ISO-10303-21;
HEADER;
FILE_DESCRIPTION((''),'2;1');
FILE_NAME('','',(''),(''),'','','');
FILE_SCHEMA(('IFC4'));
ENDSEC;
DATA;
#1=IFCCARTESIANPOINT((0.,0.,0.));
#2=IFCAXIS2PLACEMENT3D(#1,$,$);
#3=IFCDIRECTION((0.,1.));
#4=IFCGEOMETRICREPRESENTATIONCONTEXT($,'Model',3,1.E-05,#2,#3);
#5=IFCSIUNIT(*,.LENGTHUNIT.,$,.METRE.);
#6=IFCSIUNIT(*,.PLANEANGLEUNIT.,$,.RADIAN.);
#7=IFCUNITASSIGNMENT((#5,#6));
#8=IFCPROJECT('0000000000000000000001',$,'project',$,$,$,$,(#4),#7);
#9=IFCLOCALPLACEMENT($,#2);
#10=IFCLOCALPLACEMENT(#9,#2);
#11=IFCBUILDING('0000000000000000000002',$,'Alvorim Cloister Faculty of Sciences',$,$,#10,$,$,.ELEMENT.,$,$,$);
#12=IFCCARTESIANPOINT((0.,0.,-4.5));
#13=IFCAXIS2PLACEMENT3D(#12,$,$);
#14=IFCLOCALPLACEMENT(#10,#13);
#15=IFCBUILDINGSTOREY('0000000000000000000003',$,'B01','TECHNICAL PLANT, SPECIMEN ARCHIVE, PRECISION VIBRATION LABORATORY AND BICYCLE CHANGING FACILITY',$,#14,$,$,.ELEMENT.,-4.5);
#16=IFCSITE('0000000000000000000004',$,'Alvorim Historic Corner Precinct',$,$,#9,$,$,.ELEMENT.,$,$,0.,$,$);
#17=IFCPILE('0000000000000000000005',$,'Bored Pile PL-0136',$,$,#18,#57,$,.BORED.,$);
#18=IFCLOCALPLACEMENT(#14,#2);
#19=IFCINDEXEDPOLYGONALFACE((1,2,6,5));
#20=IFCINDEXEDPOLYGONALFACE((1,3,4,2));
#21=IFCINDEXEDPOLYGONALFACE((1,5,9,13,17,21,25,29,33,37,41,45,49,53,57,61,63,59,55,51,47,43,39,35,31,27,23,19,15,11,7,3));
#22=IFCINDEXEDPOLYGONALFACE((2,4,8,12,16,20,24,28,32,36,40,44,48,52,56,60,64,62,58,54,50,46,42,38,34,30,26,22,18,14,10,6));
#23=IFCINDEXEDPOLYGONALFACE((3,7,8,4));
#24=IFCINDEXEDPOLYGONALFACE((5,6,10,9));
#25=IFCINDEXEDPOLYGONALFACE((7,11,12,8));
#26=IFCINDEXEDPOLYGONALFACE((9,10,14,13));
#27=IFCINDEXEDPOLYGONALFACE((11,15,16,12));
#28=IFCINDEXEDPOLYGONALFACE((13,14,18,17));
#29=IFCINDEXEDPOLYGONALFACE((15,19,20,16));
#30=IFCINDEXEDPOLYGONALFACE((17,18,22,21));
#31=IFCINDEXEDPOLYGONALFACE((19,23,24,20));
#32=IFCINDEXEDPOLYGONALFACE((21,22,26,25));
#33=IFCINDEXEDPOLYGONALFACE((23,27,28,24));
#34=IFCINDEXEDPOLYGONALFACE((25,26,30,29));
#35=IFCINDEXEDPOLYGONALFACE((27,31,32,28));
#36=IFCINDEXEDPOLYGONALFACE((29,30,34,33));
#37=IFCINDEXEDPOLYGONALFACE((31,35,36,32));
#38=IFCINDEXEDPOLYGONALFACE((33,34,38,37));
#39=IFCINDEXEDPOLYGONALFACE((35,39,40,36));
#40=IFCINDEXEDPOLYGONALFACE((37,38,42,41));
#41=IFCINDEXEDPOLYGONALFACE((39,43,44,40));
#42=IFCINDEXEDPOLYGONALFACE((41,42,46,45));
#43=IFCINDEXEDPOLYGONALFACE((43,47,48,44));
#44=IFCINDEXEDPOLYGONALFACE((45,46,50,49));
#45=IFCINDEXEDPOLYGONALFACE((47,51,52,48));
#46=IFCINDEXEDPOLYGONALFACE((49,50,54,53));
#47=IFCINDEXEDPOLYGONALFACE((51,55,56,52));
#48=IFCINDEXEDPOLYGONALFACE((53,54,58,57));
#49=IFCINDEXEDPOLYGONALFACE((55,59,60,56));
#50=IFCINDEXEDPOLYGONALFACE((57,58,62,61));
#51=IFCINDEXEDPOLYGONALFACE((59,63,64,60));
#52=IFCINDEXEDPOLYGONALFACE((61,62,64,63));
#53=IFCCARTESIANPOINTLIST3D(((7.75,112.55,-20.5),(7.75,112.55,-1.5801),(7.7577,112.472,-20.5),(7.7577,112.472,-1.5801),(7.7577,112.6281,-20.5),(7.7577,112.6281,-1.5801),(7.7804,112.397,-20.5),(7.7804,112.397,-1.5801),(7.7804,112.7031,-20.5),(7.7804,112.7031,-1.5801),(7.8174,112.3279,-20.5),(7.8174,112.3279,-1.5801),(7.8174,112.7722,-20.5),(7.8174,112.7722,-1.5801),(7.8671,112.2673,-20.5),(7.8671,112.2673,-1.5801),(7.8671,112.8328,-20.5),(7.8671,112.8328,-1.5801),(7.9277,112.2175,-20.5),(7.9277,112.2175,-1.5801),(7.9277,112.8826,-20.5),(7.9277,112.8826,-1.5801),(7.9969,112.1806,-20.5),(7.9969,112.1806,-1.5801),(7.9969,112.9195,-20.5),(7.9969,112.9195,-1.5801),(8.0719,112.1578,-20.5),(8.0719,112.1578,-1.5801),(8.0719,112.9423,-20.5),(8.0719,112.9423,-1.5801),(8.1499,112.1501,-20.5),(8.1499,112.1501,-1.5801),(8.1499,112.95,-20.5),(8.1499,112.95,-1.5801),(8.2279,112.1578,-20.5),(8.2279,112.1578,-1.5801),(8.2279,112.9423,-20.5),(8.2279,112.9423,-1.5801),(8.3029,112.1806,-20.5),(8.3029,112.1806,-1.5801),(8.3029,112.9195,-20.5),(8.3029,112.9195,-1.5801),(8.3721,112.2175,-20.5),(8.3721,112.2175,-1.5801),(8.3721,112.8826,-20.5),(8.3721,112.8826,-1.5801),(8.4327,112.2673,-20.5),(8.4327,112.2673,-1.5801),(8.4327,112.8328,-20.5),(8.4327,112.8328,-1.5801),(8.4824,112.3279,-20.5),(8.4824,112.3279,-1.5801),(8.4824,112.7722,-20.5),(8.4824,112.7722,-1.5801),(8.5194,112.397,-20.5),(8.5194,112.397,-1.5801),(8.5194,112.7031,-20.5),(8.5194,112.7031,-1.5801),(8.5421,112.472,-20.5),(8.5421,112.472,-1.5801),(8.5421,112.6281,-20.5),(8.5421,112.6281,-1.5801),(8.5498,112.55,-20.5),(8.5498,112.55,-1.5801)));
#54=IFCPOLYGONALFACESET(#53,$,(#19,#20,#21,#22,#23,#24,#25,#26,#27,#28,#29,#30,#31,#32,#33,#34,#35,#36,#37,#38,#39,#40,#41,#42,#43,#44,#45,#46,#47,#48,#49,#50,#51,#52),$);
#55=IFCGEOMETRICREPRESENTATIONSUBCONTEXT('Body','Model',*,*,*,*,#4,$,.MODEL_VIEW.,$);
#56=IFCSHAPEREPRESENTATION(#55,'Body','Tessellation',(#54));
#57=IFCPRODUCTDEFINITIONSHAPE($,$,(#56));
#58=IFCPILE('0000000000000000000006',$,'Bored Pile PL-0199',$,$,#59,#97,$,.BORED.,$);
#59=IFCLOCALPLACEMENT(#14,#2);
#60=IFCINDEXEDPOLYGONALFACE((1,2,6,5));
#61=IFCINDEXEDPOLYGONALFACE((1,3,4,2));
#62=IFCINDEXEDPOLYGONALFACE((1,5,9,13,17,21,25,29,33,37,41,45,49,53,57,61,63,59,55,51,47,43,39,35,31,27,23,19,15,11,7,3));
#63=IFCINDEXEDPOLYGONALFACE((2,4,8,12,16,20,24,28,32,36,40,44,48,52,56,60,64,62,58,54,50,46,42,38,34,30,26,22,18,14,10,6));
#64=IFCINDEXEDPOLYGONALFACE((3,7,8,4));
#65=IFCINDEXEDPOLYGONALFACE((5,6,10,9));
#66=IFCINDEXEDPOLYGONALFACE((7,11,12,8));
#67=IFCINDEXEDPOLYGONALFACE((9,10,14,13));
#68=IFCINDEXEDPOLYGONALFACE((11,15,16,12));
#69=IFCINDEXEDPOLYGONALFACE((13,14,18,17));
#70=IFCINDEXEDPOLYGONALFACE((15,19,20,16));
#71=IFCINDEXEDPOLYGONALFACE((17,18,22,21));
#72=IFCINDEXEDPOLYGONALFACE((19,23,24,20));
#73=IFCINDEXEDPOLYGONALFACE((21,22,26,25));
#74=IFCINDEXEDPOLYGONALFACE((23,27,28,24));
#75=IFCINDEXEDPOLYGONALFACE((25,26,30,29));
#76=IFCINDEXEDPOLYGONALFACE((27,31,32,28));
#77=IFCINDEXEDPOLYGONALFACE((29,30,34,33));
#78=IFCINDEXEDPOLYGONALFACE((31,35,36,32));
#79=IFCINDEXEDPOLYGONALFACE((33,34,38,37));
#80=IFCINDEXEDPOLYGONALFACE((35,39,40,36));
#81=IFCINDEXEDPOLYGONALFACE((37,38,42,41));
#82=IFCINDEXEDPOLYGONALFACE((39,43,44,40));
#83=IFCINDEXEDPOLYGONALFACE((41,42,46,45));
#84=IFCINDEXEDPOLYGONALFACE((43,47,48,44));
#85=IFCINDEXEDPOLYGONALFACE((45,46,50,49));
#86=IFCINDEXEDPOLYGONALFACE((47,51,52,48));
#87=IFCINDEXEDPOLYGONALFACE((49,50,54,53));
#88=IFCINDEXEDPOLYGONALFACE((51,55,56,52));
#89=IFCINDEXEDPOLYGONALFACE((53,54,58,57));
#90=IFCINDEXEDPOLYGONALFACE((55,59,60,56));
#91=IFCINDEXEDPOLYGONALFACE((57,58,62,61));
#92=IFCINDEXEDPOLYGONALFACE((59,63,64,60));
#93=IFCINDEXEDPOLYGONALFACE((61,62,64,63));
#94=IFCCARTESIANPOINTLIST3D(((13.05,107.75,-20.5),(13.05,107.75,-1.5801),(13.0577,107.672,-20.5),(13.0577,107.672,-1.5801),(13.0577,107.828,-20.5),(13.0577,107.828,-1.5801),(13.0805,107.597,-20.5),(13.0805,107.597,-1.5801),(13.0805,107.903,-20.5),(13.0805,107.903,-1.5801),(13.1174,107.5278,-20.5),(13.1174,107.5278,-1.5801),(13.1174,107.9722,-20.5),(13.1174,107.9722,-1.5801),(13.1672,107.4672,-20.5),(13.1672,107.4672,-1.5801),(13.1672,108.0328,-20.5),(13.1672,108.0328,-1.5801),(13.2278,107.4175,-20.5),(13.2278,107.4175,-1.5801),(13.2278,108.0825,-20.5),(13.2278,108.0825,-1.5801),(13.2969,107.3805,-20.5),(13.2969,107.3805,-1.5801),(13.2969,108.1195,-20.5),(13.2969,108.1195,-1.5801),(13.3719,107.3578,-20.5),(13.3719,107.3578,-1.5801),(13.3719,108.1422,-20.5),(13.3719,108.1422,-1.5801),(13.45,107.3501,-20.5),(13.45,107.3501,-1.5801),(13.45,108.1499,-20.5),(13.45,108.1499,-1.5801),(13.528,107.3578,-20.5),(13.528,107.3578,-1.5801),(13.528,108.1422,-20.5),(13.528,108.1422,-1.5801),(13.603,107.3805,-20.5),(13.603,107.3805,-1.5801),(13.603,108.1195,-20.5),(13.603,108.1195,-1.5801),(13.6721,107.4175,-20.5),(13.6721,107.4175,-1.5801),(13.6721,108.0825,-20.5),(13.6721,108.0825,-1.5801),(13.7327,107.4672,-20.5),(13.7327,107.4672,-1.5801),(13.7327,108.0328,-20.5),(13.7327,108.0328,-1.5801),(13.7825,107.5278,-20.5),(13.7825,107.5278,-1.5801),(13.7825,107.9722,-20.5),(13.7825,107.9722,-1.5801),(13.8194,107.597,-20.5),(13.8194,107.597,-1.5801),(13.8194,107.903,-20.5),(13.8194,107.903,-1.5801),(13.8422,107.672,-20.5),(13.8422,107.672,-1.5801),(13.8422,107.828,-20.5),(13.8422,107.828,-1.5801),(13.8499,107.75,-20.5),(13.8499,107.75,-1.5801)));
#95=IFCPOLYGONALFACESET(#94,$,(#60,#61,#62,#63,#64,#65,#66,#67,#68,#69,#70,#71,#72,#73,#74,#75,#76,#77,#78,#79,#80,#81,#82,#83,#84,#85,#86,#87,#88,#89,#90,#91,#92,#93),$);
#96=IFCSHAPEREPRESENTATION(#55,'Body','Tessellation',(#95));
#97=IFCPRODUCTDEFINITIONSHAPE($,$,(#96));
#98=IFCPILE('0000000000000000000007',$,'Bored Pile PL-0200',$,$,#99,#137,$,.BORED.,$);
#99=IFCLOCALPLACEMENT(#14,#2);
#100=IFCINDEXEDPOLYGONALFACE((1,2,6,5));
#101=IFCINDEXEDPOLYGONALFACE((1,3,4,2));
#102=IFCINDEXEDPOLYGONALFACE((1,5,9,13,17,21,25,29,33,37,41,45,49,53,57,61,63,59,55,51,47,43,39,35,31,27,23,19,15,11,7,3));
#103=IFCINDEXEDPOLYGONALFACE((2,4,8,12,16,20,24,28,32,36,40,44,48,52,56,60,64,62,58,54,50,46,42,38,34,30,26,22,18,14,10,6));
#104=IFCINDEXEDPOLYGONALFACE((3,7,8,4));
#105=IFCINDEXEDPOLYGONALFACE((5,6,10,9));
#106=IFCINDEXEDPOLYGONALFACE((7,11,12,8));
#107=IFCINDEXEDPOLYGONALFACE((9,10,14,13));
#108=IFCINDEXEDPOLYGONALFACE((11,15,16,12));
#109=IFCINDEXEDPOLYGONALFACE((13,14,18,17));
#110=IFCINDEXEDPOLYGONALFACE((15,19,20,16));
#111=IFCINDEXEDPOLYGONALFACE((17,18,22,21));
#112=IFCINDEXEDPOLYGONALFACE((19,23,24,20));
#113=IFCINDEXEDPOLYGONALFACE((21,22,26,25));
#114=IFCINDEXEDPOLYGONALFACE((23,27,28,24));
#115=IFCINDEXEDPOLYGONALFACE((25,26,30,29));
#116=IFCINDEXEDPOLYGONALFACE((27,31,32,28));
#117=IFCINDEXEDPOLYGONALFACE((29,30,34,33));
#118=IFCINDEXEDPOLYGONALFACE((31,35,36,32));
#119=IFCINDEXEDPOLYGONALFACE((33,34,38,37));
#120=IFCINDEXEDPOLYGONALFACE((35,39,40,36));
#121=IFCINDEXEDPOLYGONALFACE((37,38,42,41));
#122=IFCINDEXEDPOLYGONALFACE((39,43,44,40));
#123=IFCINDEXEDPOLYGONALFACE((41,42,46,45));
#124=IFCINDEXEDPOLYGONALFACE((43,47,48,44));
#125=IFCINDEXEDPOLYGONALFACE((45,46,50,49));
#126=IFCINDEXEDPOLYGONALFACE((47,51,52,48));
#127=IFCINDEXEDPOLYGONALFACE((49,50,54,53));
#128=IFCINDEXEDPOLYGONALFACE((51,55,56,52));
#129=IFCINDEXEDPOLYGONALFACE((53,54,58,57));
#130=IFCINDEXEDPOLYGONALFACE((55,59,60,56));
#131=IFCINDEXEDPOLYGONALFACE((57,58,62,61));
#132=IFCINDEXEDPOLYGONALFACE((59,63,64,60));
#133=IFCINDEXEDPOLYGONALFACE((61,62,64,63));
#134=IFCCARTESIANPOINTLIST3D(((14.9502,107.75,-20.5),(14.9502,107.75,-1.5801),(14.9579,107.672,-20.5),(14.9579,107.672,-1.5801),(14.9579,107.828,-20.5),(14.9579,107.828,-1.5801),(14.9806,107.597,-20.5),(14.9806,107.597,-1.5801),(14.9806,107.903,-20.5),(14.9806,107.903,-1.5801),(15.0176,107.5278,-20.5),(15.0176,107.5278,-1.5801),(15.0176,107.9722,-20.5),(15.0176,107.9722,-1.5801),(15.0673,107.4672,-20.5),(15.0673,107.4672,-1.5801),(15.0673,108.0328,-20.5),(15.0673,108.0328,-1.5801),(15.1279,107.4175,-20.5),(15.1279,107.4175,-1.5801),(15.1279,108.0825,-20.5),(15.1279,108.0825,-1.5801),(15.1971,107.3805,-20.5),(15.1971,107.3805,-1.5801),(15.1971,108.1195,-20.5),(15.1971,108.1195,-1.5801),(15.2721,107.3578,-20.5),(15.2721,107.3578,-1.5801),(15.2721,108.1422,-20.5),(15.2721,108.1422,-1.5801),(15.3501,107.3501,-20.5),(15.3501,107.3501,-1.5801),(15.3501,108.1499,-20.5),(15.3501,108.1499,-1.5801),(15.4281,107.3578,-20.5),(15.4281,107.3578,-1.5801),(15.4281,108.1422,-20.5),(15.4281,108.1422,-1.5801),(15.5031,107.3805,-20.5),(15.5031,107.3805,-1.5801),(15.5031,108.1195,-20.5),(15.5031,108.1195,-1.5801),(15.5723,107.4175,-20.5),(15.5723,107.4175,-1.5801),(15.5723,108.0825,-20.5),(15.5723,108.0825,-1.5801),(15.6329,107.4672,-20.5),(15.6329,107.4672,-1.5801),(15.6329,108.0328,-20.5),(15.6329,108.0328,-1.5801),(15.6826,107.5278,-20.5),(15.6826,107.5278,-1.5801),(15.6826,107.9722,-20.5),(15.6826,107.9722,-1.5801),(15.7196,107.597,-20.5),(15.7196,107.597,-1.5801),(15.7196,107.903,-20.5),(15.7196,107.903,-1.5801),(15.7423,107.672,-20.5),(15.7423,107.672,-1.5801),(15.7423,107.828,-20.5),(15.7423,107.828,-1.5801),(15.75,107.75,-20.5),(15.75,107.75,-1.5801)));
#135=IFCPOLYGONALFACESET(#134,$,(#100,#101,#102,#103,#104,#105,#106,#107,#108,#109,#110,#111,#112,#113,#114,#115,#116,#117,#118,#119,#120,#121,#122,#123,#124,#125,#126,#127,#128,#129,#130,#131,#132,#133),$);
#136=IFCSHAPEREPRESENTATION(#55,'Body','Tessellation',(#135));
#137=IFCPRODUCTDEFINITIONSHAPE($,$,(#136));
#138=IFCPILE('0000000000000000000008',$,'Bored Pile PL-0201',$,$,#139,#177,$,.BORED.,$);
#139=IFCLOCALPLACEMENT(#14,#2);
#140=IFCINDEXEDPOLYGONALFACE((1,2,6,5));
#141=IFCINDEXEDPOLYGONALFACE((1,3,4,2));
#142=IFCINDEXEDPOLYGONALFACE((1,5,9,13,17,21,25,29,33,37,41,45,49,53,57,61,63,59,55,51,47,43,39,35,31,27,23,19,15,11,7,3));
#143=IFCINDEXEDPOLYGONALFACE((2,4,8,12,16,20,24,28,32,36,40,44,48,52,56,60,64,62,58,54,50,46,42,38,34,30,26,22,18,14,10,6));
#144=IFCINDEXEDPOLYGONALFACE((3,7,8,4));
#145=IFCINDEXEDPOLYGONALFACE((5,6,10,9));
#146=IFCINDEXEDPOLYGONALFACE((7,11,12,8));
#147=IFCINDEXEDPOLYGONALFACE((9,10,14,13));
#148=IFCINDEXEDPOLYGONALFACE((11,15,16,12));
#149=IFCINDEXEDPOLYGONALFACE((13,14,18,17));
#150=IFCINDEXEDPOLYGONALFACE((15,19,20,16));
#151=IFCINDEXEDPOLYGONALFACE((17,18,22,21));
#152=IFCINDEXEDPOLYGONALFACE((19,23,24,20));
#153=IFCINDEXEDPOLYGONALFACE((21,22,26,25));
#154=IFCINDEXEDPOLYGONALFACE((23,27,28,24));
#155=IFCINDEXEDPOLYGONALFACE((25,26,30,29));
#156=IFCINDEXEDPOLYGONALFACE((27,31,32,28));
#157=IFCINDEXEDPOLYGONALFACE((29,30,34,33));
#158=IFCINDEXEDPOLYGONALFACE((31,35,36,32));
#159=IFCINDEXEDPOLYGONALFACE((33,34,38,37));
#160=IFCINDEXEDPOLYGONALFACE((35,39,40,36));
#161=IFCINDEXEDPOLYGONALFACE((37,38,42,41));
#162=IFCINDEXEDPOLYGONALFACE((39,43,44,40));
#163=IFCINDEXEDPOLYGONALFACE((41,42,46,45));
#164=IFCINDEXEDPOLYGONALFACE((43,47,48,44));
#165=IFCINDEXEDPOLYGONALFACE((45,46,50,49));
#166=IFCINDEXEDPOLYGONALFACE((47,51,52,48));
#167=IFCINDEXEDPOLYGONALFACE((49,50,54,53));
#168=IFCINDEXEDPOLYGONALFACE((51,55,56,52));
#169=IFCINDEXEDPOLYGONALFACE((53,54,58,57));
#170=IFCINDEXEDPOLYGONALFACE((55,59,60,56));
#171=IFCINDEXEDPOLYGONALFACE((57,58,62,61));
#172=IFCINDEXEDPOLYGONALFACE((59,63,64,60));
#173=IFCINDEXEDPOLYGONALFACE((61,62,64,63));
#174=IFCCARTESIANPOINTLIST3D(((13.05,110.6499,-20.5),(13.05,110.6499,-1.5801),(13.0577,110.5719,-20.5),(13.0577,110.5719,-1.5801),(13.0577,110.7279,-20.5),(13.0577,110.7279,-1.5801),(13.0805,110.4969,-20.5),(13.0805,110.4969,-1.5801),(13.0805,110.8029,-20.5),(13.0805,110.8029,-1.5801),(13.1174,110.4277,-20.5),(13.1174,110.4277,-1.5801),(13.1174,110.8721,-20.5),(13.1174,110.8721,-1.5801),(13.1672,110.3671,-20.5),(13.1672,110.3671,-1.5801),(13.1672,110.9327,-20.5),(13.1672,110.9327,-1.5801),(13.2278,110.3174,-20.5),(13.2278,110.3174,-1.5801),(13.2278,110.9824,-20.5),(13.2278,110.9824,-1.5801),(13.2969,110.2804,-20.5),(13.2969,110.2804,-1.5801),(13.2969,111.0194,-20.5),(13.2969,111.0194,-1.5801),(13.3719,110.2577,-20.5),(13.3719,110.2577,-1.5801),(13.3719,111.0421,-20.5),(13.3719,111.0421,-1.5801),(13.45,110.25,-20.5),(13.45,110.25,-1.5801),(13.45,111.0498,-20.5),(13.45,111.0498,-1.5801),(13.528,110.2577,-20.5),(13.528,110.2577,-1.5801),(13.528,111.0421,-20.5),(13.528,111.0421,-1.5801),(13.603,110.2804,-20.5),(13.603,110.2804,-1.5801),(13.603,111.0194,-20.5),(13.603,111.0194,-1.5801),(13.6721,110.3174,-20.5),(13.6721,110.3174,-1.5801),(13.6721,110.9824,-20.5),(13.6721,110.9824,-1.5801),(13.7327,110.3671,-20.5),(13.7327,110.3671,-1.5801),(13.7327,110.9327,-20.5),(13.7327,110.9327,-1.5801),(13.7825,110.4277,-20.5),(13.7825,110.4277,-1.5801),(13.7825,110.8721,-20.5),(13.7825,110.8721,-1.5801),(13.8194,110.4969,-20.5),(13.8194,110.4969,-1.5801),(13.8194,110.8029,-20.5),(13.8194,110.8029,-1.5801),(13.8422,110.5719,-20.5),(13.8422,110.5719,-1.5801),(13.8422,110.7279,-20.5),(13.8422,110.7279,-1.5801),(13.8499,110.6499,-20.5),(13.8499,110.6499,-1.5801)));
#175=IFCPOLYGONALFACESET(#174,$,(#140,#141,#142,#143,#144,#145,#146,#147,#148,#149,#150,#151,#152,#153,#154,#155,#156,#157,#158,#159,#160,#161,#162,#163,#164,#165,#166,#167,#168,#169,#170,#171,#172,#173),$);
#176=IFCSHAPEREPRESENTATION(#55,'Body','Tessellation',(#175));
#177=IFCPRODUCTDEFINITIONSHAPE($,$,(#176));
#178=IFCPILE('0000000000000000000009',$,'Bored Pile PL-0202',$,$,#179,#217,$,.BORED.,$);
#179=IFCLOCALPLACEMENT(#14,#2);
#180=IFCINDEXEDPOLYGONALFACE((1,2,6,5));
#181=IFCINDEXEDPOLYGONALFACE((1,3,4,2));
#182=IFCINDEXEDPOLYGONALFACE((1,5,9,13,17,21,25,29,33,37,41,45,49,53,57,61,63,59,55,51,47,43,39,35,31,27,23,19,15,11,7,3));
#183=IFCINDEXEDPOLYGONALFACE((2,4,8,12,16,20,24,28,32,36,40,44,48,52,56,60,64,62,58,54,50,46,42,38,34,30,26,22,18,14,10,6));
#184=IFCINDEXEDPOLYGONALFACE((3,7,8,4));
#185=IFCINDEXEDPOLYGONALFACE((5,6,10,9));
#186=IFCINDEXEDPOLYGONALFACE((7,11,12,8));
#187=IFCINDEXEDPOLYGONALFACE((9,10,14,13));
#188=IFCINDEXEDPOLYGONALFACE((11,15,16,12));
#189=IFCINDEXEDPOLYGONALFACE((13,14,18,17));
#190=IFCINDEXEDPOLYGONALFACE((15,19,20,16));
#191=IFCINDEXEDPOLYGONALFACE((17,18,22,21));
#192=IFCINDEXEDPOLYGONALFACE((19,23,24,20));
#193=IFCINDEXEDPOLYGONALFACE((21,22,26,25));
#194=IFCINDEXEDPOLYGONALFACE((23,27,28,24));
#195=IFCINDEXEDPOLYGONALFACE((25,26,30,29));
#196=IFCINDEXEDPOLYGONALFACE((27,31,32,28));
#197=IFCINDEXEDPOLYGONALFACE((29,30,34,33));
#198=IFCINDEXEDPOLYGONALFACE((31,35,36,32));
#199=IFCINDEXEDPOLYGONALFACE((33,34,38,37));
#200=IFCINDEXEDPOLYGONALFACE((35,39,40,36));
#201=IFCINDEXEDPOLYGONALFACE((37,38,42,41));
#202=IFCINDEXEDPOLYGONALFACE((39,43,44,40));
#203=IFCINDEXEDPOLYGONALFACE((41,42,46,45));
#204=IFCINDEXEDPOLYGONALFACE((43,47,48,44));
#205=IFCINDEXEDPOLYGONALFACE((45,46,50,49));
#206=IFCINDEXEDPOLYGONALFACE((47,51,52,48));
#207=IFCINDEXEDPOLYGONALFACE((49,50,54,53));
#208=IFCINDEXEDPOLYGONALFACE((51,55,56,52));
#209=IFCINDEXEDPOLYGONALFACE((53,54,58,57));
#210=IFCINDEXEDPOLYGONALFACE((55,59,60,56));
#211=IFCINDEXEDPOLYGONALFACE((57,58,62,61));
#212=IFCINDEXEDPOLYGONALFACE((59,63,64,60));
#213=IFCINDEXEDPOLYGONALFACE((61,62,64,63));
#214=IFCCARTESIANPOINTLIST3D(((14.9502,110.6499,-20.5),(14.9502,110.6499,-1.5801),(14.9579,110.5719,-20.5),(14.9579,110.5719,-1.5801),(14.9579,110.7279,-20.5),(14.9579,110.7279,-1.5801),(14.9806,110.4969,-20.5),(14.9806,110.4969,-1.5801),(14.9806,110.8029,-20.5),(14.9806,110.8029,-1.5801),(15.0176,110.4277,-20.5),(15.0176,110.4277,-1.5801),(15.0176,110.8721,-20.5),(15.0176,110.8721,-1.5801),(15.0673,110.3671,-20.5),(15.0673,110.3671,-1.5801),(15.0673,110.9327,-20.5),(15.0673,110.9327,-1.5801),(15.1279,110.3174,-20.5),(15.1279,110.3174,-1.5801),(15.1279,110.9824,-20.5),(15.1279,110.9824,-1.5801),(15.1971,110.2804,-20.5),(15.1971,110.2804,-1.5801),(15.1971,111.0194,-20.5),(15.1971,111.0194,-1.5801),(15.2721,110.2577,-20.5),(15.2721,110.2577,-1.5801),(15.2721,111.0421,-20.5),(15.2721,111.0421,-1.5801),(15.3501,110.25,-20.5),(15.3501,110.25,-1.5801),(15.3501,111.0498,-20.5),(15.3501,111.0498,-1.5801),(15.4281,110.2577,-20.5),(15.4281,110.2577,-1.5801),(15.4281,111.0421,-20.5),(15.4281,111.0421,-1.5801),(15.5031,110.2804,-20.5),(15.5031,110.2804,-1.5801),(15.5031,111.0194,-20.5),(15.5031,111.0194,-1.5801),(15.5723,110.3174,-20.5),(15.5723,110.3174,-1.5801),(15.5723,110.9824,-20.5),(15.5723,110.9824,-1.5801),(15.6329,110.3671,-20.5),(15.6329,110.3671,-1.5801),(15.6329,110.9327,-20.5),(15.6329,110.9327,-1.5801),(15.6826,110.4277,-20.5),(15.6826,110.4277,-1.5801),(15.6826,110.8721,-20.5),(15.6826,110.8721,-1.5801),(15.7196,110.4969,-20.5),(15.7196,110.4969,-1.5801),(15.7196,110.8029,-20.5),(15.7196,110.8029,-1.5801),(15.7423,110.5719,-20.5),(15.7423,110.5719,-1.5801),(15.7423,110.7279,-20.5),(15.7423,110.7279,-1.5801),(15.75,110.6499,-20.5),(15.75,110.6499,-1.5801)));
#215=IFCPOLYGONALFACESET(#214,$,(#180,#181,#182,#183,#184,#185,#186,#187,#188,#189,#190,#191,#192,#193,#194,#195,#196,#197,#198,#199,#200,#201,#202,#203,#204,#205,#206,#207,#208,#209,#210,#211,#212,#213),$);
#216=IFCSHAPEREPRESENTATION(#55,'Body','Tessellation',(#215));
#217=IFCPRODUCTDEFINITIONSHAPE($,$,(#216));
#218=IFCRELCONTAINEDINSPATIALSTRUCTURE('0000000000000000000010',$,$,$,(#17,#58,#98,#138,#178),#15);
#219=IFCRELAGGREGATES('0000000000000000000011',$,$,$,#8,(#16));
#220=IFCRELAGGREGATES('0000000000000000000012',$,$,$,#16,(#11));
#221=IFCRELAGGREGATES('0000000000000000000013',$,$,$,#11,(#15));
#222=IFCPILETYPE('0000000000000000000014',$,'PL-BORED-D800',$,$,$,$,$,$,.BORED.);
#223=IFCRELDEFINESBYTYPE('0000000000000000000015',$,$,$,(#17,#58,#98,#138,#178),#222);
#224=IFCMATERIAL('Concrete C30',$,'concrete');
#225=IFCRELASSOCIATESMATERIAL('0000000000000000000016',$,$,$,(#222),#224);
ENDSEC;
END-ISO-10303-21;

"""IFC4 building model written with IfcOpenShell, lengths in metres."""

from ifc_helpers import new_model, si_unit, direction, frame, origin, origin_2d, place, context, subcontext, project, spatial, circle, extrude, material, material_profile, profile_set, type_object, element, save


model = new_model("IFC4")

# Units and contexts
model_context = context("Model", 3, precision=1e-05, world=origin(), true_north=direction((0.0, 1.0)))
body_context = subcontext(model_context, "Body", "Model", "MODEL_VIEW")
ifc_project = project(units=[si_unit("LENGTHUNIT", "METRE"), si_unit("PLANEANGLEUNIT", "RADIAN")], contexts=[model_context])

# Site, building, storey
site_placement = place(None, origin())
site = spatial("IfcSite", under=ifc_project, at=site_placement, Name="Alvorim Historic Corner Precinct", CompositionType="ELEMENT", RefElevation=0.0)
building_placement = place(site_placement, origin())
building = spatial("IfcBuilding", under=site, at=building_placement, Name="Alvorim Cloister Faculty of Sciences", CompositionType="ELEMENT")
storey_placement = place(building_placement, frame((0.0, 0.0, -4.5)))
storey = spatial("IfcBuildingStorey", under=building, at=storey_placement, Name="B01", Description="TECHNICAL PLANT, SPECIMEN ARCHIVE, PRECISION VIBRATION LABORATORY AND BICYCLE CHANGING FACILITY", CompositionType="ELEMENT", Elevation=-4.5)

# Piles
ifc_material_1 = material(Name="Concrete C30", Category="concrete")
ifc_material_profile_1 = material_profile(ifc_material_1, circle(Radius=0.3999, at=origin_2d()), Name="PILE-D800")
ifc_profile_set_1 = profile_set([ifc_material_profile_1], Name="Concrete C30")
pile_type = type_object("IfcPileType", Name="PL-BORED-D800", PredefinedType="BORED", material=ifc_profile_set_1)
for number, where, z_axis, x_axis, name in (
    (1, (8.1499, 112.55, -1.5801), (0.0, 0.0, -1.0), (1.0, 0.0, 0.0), "Bored Pile PL-0136"),
    (2, (13.45, 107.75, -1.5801), (0.0, 0.0, -1.0), (1.0, 0.0, 0.0), "Bored Pile PL-0199"),
    (3, (15.3501, 107.75, -1.5801), (0.0, 0.0, -1.0), (1.0, 0.0, 0.0), "Bored Pile PL-0200"),
    (4, (13.45, 110.6499, -1.5801), (0.0, 0.0, -1.0), (1.0, 0.0, 0.0), "Bored Pile PL-0201"),
    (5, (15.3501, 110.6499, -1.5801), (0.0, 0.0, -1.0), (1.0, 0.0, 0.0), "Bored Pile PL-0202"),
):
    element("IfcPile", number, at=place(storey_placement, frame(where, z_axis=z_axis, x_axis=x_axis)), inside=storey, type_object=pile_type, Name=name, PredefinedType="BORED", context=body_context, shape_type="SweptSolid", body=[
        extrude(circle(Radius=0.3999, at=origin_2d()), origin(), (0.0, 0.0, 1.0), 18.9199),
    ])

save(model, "model.ifc")
